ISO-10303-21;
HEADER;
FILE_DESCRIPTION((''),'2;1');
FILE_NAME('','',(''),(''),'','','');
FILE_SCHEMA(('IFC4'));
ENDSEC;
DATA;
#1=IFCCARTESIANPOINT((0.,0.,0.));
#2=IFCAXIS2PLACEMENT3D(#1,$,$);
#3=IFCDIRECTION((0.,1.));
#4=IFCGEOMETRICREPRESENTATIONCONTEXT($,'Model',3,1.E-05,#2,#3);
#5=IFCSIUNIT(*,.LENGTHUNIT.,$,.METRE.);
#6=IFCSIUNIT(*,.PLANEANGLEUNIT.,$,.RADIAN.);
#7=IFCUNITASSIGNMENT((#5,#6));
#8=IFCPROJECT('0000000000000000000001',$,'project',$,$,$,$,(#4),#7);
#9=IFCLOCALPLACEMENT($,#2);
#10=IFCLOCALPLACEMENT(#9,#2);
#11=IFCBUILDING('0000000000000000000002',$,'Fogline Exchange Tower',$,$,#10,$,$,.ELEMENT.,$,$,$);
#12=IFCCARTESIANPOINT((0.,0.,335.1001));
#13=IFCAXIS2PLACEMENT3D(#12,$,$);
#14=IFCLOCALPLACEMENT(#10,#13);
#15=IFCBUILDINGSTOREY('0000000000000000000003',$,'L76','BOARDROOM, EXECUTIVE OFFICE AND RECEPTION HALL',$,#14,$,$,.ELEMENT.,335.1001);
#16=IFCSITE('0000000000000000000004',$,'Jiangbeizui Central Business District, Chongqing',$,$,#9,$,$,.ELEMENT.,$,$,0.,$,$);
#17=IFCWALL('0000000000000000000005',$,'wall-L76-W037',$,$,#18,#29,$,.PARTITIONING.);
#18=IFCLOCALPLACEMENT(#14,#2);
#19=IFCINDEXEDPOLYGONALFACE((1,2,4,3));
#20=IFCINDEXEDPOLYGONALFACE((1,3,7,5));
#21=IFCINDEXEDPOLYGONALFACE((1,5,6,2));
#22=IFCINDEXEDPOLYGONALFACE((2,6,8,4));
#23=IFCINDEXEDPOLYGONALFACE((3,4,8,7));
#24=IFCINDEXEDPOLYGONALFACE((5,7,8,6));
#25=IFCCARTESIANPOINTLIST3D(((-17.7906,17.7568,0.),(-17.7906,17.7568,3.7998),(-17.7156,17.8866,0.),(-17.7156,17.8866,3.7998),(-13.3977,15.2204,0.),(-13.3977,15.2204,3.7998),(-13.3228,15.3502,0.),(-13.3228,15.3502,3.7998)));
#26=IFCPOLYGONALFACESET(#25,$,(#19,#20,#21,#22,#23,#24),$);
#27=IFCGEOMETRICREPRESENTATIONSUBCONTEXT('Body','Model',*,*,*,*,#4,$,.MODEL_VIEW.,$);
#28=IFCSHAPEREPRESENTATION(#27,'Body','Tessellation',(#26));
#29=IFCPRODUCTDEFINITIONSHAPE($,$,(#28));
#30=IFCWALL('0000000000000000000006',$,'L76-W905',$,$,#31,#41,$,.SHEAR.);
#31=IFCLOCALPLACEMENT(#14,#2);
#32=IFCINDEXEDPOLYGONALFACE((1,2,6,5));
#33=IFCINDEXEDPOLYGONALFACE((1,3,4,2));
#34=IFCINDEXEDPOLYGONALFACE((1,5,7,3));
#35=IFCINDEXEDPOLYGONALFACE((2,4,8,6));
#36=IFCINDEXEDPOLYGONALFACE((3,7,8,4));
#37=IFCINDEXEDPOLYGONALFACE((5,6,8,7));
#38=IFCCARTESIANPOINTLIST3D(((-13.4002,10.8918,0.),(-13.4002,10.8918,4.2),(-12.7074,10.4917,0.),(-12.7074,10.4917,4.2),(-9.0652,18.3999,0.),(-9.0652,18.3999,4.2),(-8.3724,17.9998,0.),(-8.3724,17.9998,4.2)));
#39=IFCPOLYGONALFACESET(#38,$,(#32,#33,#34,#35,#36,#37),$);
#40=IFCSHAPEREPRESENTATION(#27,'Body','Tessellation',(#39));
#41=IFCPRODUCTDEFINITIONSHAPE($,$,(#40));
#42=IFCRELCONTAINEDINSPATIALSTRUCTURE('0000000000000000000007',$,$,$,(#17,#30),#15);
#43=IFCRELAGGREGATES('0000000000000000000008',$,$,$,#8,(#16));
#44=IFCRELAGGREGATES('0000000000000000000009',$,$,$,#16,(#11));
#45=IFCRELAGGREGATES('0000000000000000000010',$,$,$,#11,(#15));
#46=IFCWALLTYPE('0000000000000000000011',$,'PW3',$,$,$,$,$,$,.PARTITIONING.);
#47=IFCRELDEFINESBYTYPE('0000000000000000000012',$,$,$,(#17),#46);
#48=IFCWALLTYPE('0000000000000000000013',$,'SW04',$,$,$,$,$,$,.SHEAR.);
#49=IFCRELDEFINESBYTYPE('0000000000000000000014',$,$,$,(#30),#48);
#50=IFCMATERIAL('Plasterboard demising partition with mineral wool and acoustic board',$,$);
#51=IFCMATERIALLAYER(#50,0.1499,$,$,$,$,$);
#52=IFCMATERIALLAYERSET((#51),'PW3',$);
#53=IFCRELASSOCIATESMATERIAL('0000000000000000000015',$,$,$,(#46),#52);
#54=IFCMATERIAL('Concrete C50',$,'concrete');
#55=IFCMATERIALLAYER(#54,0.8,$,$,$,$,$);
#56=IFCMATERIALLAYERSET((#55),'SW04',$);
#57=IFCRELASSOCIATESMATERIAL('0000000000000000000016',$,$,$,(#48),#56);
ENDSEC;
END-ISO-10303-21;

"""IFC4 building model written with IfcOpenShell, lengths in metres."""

from ifc_helpers import new_model, si_unit, direction, frame, frame_2d, origin, place, context, subcontext, project, spatial, rectangle, extrude, material, layer, layer_set, type_object, element, save


model = new_model("IFC4")

# Units and contexts
model_context = context("Model", 3, precision=1e-05, world=origin(), true_north=direction((0.0, 1.0)))
body_context = subcontext(model_context, "Body", "Model", "MODEL_VIEW")
ifc_project = project(units=[si_unit("LENGTHUNIT", "METRE"), si_unit("PLANEANGLEUNIT", "RADIAN")], contexts=[model_context])

# Site, building, storey
site_placement = place(None, origin())
site = spatial("IfcSite", under=ifc_project, at=site_placement, Name="Jiangbeizui Central Business District, Chongqing", CompositionType="ELEMENT", RefElevation=0.0)
building_placement = place(site_placement, origin())
building = spatial("IfcBuilding", under=site, at=building_placement, Name="Fogline Exchange Tower", CompositionType="ELEMENT")
storey_placement = place(building_placement, frame((0.0, 0.0, 335.1001)))
storey = spatial("IfcBuildingStorey", under=building, at=storey_placement, Name="L76", Description="BOARDROOM, EXECUTIVE OFFICE AND RECEPTION HALL", CompositionType="ELEMENT", Elevation=335.1001)

# Walls
ifc_material_1 = material(Name="Plasterboard demising partition with mineral wool and acoustic board")
ifc_layer_1 = layer(ifc_material_1, 0.1499)
ifc_layer_set_1 = layer_set([ifc_layer_1], Name="PW3")
wall_type_1 = type_object("IfcWallType", Name="PW3", PredefinedType="PARTITIONING", material=ifc_layer_set_1)
wall_1_placement = place(storey_placement, frame((-13.3604, 15.2854, 0.0), z_axis=(0.0, 0.0, 1.0), x_axis=(-0.86601, 0.500027, 0.0)))
element("IfcWall", 1, at=wall_1_placement, inside=storey, type_object=wall_type_1, Name="wall-L76-W037", PredefinedType="PARTITIONING", context=body_context, shape_type="SweptSolid", body=[
    extrude(rectangle(XDim=5.0725, YDim=0.1499, at=frame_2d((2.5361, 0.0))), origin(), (0.0, 0.0, 1.0), 3.7998),
])
ifc_material_2 = material(Name="Concrete C50", Category="concrete")
ifc_layer_2 = layer(ifc_material_2, 0.8)
ifc_layer_set_2 = layer_set([ifc_layer_2], Name="SW04")
wall_type_2 = type_object("IfcWallType", Name="SW04", PredefinedType="SHEAR", material=ifc_layer_set_2)
wall_2_placement = place(storey_placement, frame((-8.7188, 18.2, 0.0), z_axis=(0.0, 0.0, 1.0), x_axis=(-0.500016, -0.866016, 0.0)))
element("IfcWall", 2, at=wall_2_placement, inside=storey, type_object=wall_type_2, Name="L76-W905", PredefinedType="SHEAR", context=body_context, shape_type="SweptSolid", body=[
    extrude(rectangle(XDim=8.6697, YDim=0.8, at=frame_2d((4.335, 0.0))), origin(), (0.0, 0.0, 1.0), 4.2),
])

save(model, "model.ifc")
